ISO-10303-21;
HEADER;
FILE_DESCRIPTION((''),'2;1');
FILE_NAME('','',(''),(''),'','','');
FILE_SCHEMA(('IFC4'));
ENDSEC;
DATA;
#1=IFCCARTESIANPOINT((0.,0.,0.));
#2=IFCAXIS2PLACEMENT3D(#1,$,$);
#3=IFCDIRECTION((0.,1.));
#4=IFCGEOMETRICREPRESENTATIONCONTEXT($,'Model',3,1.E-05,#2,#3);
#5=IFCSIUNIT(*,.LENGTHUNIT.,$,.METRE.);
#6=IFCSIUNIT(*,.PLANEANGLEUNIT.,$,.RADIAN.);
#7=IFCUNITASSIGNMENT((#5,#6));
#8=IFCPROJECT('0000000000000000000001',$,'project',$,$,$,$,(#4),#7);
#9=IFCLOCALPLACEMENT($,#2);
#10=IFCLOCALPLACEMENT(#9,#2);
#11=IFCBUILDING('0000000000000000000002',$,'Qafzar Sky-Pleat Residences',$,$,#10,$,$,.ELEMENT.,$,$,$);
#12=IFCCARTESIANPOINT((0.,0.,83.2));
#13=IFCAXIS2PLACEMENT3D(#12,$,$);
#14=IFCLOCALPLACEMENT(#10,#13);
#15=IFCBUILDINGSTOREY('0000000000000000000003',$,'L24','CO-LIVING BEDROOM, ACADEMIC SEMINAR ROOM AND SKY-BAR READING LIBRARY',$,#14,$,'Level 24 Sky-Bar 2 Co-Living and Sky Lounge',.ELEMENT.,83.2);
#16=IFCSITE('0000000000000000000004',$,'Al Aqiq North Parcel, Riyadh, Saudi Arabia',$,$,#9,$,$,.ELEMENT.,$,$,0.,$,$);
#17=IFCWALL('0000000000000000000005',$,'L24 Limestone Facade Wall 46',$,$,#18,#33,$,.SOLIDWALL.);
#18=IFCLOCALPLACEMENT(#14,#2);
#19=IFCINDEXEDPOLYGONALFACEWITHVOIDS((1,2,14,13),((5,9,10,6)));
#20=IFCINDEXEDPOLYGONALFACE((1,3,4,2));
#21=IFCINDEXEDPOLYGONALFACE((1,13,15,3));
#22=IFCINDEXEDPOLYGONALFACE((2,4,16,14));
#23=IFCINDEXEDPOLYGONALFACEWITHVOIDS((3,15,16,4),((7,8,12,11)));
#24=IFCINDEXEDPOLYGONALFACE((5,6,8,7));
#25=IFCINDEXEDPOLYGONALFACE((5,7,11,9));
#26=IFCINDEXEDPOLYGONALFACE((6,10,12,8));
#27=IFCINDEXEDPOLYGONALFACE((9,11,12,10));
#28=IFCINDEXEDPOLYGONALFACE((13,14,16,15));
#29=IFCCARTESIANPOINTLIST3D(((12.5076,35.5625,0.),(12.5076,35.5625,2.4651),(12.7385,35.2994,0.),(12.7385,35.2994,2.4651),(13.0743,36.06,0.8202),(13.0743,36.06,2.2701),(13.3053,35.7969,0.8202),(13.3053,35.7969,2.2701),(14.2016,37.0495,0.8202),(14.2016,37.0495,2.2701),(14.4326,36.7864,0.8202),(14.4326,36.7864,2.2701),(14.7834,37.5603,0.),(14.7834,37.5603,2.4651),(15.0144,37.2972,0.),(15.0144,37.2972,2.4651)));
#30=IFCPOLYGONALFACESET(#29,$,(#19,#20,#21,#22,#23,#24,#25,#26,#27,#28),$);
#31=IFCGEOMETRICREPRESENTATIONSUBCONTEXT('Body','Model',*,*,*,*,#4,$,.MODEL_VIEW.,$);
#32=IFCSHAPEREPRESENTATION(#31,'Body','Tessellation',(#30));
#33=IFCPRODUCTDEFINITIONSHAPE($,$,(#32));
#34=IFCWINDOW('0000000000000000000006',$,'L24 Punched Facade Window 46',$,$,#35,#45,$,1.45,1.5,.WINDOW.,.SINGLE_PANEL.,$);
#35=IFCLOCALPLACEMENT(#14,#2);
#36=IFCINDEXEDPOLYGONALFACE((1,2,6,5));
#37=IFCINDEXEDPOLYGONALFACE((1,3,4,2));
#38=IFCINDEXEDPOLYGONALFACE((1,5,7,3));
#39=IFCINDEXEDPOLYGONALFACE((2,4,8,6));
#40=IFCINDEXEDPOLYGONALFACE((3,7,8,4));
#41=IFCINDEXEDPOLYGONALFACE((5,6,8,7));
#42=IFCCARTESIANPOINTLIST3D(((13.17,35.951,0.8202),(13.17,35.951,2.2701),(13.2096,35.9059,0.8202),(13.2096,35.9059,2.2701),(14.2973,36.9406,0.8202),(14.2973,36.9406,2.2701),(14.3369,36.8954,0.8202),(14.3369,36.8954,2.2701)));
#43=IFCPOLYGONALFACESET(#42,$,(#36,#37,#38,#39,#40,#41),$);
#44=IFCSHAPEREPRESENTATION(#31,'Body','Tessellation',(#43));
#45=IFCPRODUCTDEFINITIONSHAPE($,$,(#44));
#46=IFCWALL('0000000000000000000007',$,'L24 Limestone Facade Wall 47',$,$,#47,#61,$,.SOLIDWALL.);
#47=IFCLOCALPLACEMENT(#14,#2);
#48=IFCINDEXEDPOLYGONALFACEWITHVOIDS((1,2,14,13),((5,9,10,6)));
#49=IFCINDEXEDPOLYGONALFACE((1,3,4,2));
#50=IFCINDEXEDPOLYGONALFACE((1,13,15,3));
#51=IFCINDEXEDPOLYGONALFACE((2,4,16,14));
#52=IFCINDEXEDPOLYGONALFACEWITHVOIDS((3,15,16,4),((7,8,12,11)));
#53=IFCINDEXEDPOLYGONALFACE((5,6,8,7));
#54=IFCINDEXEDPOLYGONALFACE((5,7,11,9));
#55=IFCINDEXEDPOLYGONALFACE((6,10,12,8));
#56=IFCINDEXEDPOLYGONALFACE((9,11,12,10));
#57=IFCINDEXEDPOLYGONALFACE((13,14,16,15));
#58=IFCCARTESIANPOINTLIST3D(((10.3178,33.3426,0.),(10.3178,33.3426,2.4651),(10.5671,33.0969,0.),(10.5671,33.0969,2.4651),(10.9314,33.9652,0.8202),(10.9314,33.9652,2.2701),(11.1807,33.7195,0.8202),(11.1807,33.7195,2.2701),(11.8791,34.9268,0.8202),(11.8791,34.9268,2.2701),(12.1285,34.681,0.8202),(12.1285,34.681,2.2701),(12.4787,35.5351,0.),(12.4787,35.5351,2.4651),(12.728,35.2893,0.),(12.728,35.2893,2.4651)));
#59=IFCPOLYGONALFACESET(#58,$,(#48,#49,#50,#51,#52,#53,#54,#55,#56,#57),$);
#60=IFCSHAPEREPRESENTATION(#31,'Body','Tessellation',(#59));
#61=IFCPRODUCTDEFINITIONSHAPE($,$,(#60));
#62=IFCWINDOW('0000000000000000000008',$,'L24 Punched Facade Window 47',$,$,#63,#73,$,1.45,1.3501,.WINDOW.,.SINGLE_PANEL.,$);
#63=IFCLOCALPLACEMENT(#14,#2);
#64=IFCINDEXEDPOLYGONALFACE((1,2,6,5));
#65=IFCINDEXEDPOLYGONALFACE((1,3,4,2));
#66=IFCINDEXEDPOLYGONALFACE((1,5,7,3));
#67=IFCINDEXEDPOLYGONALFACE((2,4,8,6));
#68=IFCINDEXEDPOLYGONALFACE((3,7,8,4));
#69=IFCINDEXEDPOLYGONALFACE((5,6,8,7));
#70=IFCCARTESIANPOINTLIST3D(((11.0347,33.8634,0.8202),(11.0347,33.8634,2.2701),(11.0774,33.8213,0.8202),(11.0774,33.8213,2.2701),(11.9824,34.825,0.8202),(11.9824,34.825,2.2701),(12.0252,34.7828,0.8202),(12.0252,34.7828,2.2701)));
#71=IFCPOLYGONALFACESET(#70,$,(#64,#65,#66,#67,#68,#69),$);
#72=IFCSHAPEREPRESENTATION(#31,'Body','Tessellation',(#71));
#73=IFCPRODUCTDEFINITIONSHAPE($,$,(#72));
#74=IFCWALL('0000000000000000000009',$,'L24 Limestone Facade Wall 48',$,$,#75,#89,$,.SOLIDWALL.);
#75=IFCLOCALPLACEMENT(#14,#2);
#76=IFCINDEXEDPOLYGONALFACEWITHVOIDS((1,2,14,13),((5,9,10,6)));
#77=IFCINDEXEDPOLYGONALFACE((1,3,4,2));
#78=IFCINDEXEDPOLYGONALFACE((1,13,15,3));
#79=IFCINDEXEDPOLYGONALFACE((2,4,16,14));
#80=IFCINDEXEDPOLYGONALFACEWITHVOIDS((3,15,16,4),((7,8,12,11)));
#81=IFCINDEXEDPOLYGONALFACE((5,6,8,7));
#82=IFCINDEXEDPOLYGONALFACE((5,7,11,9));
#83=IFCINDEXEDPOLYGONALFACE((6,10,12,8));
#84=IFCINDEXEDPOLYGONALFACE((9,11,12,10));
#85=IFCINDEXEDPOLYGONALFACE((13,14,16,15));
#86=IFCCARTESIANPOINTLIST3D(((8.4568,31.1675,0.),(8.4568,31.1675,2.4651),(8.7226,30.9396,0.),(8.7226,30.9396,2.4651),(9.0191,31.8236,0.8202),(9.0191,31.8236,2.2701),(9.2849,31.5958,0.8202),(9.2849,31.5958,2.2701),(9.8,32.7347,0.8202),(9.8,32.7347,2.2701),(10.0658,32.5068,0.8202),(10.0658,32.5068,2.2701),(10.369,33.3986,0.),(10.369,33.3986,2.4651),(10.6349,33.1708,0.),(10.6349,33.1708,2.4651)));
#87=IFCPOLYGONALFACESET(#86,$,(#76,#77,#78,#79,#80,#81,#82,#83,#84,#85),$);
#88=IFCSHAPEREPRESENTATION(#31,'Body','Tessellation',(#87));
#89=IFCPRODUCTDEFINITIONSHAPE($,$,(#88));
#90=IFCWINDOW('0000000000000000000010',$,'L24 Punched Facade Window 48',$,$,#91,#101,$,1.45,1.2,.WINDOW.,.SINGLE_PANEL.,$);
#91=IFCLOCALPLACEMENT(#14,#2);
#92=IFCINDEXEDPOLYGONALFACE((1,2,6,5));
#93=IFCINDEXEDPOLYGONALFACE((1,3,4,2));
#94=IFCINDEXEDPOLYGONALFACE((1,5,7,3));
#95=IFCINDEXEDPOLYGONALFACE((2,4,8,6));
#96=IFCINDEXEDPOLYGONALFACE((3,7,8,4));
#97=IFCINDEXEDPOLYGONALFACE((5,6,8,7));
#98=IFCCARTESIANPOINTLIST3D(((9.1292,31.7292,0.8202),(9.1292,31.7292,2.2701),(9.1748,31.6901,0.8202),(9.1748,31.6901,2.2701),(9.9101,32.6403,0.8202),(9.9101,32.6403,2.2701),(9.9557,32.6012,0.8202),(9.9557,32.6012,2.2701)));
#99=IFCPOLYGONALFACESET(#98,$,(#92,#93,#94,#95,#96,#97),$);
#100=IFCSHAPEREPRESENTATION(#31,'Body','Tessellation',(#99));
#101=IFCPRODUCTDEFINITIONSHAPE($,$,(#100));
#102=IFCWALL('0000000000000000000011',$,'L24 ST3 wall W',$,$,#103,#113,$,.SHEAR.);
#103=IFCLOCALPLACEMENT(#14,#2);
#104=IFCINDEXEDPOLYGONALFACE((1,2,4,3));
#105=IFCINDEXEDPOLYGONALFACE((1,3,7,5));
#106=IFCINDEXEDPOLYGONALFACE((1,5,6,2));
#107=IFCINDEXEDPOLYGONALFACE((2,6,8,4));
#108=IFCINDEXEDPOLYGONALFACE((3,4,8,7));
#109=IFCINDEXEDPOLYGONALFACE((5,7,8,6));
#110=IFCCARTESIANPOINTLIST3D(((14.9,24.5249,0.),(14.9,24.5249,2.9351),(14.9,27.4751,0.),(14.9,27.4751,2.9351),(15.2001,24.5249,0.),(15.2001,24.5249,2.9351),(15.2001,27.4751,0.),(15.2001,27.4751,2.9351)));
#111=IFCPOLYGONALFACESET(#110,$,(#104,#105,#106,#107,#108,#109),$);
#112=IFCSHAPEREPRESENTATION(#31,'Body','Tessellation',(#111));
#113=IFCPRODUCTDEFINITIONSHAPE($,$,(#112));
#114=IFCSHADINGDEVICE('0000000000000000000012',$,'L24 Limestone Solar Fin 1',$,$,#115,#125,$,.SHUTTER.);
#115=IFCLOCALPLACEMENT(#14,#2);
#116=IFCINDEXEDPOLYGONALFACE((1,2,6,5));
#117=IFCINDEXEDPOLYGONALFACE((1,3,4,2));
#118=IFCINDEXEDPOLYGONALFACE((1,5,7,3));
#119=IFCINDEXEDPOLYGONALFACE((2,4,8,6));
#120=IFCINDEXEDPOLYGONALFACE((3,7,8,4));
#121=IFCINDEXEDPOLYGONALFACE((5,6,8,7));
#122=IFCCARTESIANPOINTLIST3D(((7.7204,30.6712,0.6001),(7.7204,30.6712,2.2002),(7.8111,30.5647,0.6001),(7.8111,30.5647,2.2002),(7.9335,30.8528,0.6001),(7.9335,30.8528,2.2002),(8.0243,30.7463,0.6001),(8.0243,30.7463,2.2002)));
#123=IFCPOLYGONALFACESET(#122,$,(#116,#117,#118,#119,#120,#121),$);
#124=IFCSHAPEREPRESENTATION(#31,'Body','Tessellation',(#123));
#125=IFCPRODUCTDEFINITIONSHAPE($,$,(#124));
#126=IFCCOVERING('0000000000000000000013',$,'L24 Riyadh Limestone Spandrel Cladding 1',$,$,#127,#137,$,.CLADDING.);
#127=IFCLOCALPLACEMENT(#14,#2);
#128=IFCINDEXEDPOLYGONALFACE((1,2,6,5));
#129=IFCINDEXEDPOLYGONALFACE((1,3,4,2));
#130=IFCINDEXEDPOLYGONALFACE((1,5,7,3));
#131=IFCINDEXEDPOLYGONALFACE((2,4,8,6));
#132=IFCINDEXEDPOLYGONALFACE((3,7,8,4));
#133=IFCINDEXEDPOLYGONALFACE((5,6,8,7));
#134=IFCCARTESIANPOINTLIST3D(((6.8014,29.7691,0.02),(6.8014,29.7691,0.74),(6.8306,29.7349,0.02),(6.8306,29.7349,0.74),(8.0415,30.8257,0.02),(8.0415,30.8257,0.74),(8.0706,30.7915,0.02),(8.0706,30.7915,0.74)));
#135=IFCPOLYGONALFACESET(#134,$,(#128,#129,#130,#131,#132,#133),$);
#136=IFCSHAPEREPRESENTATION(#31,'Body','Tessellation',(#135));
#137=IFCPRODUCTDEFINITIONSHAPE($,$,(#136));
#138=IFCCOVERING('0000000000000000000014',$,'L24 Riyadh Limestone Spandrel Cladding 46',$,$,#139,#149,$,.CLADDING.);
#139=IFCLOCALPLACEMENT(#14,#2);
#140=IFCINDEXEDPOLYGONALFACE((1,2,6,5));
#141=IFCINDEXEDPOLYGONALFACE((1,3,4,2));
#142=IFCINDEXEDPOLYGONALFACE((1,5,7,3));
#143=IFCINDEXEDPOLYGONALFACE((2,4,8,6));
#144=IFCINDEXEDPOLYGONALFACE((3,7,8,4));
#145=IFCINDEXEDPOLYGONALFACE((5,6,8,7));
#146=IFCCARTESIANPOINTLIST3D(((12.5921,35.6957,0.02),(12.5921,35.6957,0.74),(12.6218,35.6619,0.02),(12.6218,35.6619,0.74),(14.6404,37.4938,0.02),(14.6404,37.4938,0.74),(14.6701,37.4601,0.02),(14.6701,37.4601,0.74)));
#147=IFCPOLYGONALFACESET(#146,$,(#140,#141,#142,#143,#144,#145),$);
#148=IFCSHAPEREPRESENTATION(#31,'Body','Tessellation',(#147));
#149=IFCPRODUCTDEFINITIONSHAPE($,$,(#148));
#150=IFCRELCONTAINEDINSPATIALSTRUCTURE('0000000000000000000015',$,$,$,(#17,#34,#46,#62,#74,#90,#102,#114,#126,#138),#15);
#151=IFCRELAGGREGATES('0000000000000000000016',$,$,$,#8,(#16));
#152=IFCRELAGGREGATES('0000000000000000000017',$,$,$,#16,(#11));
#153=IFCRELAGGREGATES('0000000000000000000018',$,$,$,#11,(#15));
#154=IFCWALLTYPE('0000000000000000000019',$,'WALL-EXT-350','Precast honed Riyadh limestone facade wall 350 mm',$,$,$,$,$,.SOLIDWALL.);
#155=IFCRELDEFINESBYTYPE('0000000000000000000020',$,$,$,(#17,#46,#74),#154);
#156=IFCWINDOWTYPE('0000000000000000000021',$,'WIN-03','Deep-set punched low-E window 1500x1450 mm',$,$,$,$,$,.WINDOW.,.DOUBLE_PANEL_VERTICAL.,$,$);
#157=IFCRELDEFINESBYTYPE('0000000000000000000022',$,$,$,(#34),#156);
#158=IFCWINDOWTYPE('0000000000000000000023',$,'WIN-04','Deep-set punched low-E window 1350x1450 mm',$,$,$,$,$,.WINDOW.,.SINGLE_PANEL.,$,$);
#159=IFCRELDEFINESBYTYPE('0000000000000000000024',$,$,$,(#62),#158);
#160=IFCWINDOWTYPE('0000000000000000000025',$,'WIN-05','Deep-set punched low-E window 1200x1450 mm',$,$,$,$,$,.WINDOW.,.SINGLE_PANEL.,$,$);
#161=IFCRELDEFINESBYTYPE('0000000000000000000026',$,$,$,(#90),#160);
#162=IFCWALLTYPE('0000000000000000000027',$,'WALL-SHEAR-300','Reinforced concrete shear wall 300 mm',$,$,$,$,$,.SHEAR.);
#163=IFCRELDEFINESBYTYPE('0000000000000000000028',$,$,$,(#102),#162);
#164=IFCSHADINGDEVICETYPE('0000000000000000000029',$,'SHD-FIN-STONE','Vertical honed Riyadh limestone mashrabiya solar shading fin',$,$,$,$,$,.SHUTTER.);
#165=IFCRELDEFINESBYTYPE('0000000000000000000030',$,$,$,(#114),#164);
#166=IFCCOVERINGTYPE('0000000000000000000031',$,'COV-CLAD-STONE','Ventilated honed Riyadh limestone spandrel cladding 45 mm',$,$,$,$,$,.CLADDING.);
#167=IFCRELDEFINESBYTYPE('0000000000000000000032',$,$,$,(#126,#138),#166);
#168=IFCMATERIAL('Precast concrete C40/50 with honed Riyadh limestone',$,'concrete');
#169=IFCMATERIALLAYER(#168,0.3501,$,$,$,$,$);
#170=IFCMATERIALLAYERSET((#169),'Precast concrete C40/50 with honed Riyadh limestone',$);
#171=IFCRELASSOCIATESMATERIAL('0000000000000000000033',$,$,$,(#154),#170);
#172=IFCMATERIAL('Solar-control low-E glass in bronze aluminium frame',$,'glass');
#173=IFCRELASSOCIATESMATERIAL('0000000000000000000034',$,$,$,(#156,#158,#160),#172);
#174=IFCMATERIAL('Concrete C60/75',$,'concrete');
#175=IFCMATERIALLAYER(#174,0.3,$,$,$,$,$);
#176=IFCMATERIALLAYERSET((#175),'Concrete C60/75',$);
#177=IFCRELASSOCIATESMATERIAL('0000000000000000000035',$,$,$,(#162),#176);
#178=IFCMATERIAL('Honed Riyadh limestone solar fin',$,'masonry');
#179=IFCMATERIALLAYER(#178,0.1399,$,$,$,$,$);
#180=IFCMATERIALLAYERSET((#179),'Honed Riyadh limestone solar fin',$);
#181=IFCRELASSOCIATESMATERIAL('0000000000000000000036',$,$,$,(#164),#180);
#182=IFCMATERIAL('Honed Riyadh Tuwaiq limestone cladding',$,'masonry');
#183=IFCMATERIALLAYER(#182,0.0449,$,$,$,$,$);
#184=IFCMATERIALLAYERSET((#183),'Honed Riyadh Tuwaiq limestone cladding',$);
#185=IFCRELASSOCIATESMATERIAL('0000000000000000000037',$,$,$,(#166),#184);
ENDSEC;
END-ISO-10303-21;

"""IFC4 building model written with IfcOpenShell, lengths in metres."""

from ifc_helpers import new_model, si_unit, direction, frame, frame_2d, origin, origin_2d, place, context, subcontext, project, spatial, rectangle, extrude, source, transform, mapped, material, layer, layer_set, type_object, element, fill, save


model = new_model("IFC4")

# Units and contexts
model_context = context("Model", 3, precision=1e-05, world=origin(), true_north=direction((0.0, 1.0)))
body_context = subcontext(model_context, "Body", "Model", "MODEL_VIEW")
ifc_project = project(units=[si_unit("LENGTHUNIT", "METRE"), si_unit("PLANEANGLEUNIT", "RADIAN")], contexts=[model_context])

# Site, building, storey
site_placement = place(None, origin())
site = spatial("IfcSite", under=ifc_project, at=site_placement, Name="Al Aqiq North Parcel, Riyadh, Saudi Arabia", CompositionType="ELEMENT", RefElevation=0.0)
building_placement = place(site_placement, origin())
building = spatial("IfcBuilding", under=site, at=building_placement, Name="Qafzar Sky-Pleat Residences", CompositionType="ELEMENT")
storey_placement = place(building_placement, frame((0.0, 0.0, 83.2)))
storey = spatial("IfcBuildingStorey", under=building, at=storey_placement, Name="L24", Description="CO-LIVING BEDROOM, ACADEMIC SEMINAR ROOM AND SKY-BAR READING LIBRARY", LongName="Level 24 Sky-Bar 2 Co-Living and Sky Lounge", CompositionType="ELEMENT", Elevation=83.2)

# Shared definitions
ifc_material_1 = material(Name="Concrete C60/75", Category="concrete")

# Shared definitions
ifc_material_2 = material(Name="Precast concrete C40/50 with honed Riyadh limestone", Category="concrete")

# Walls, openings, windows
ifc_layer_1 = layer(ifc_material_2, 0.3501)
ifc_layer_set_1 = layer_set([ifc_layer_1], Name="Precast concrete C40/50 with honed Riyadh limestone")
wall_type_1 = type_object("IfcWallType", Name="WALL-EXT-350", Description="Precast honed Riyadh limestone facade wall 350 mm", PredefinedType="SOLIDWALL", material=ifc_layer_set_1)
ifc_material_3 = material(Name="Solar-control low-E glass in bronze aluminium frame", Category="glass")
wall_1_placement = place(storey_placement, frame((14.8989, 37.4287, 0.0), z_axis=(0.0, 0.0, 1.0), x_axis=(-0.751527, -0.659702, 0.0)))
wall_1 = element("IfcWall", 1, at=wall_1_placement, inside=storey, type_object=wall_type_1, Name="L24 Limestone Facade Wall 46", PredefinedType="SOLIDWALL", context=body_context, shape_type="SweptSolid", body=[
    extrude(rectangle(XDim=3.0283, YDim=0.3501, at=frame_2d((1.5142, 0.0))), origin(), (0.0, 0.0, 1.0), 2.4651),
])
opening_1_placement = place(wall_1_placement, frame((0.7742, 0.0, 0.8201)))
opening_1 = element("IfcOpeningElement", 2, at=opening_1_placement, cuts=wall_1, PredefinedType="OPENING", context=body_context, shape_type="SweptSolid", body=[
    extrude(rectangle(XDim=1.5, YDim=1.45, at=frame_2d((0.75, 0.7251))), frame((0.0, 0.1851, 0.0), z_axis=(0.0, -1.0, 0.0), x_axis=(1.0, 0.0, 0.0)), (0.0, 0.0, 1.0), 0.3701),
])
window_type_1 = type_object("IfcWindowType", Name="WIN-03", Description="Deep-set punched low-E window 1500x1450 mm", PartitioningType="DOUBLE_PANEL_VERTICAL", PredefinedType="WINDOW", material=ifc_material_3)
shared_shape_1 = source(origin(), body_context, "Body", "SweptSolid", [
    extrude(rectangle(XDim=1.5, YDim=1.45, at=frame_2d((0.75, 0.7251))), frame((0.0, 0.03, 0.0), z_axis=(0.0, -1.0, 0.0), x_axis=(1.0, 0.0, 0.0)), (0.0, 0.0, 1.0), 0.0601),
])
window_1_placement = place(opening_1_placement, origin())
window_1 = element("IfcWindow", 3, at=window_1_placement, inside=storey, type_object=window_type_1, Name="L24 Punched Facade Window 46", OverallHeight=1.45, OverallWidth=1.5, PartitioningType="SINGLE_PANEL", PredefinedType="WINDOW", context=body_context, shape_type="MappedRepresentation", body=[
    mapped(shared_shape_1, transform((0.0, 0.0, 0.0), x_axis=(1.0, 0.0, 0.0), y_axis=(0.0, 1.0, 0.0), z_axis=(0.0, 0.0, 1.0), scale=1.0)),
])
fill(opening_1, window_1)
wall_2_placement = place(storey_placement, frame((12.6033, 35.4121, 0.0), z_axis=(0.0, 0.0, 1.0), x_axis=(-0.701973, -0.712204, 0.0)))
wall_2 = element("IfcWall", 4, at=wall_2_placement, inside=storey, type_object=wall_type_1, Name="L24 Limestone Facade Wall 47", PredefinedType="SOLIDWALL", context=body_context, shape_type="SweptSolid", body=[
    extrude(rectangle(XDim=3.0784, YDim=0.3501, at=frame_2d((1.5391, 0.0))), origin(), (0.0, 0.0, 1.0), 2.4651),
])
opening_2_placement = place(wall_2_placement, frame((0.854, 0.0, 0.8201)))
opening_2 = element("IfcOpeningElement", 5, at=opening_2_placement, cuts=wall_2, PredefinedType="OPENING", context=body_context, shape_type="SweptSolid", body=[
    extrude(rectangle(XDim=1.3501, YDim=1.45, at=frame_2d((0.675, 0.7251))), frame((0.0, 0.1851, 0.0), z_axis=(0.0, -1.0, 0.0), x_axis=(1.0, 0.0, 0.0)), (0.0, 0.0, 1.0), 0.3701),
])
window_type_2 = type_object("IfcWindowType", Name="WIN-04", Description="Deep-set punched low-E window 1350x1450 mm", PartitioningType="SINGLE_PANEL", PredefinedType="WINDOW", material=ifc_material_3)
shared_shape_2 = source(origin(), body_context, "Body", "SweptSolid", [
    extrude(rectangle(XDim=1.3501, YDim=1.45, at=frame_2d((0.675, 0.7251))), frame((0.0, 0.03, 0.0), z_axis=(0.0, -1.0, 0.0), x_axis=(1.0, 0.0, 0.0)), (0.0, 0.0, 1.0), 0.0601),
])
window_2_placement = place(opening_2_placement, origin())
window_2 = element("IfcWindow", 6, at=window_2_placement, inside=storey, type_object=window_type_2, Name="L24 Punched Facade Window 47", OverallHeight=1.45, OverallWidth=1.3501, PartitioningType="SINGLE_PANEL", PredefinedType="WINDOW", context=body_context, shape_type="MappedRepresentation", body=[
    mapped(shared_shape_2, transform((0.0, 0.0, 0.0), x_axis=(1.0, 0.0, 0.0), y_axis=(0.0, 1.0, 0.0), z_axis=(0.0, 0.0, 1.0), scale=1.0)),
])
fill(opening_2, window_2)
wall_3_placement = place(storey_placement, frame((10.502, 33.2847, 0.0), z_axis=(0.0, 0.0, 1.0), x_axis=(-0.650771, -0.759274, 0.0)))
wall_3 = element("IfcWall", 7, at=wall_3_placement, inside=storey, type_object=wall_type_1, Name="L24 Limestone Facade Wall 48", PredefinedType="SOLIDWALL", context=body_context, shape_type="SweptSolid", body=[
    extrude(rectangle(XDim=2.9385, YDim=0.3501, at=frame_2d((1.4692, 0.0))), origin(), (0.0, 0.0, 1.0), 2.4651),
])
opening_3_placement = place(wall_3_placement, frame((0.8743, 0.0, 0.8201)))
opening_3 = element("IfcOpeningElement", 8, at=opening_3_placement, cuts=wall_3, PredefinedType="OPENING", context=body_context, shape_type="SweptSolid", body=[
    extrude(rectangle(XDim=1.2, YDim=1.45, at=frame_2d((0.6001, 0.7251))), frame((0.0, 0.1851, 0.0), z_axis=(0.0, -1.0, 0.0), x_axis=(1.0, 0.0, 0.0)), (0.0, 0.0, 1.0), 0.3701),
])
window_type_3 = type_object("IfcWindowType", Name="WIN-05", Description="Deep-set punched low-E window 1200x1450 mm", PartitioningType="SINGLE_PANEL", PredefinedType="WINDOW", material=ifc_material_3)
shared_shape_3 = source(origin(), body_context, "Body", "SweptSolid", [
    extrude(rectangle(XDim=1.2, YDim=1.45, at=frame_2d((0.6001, 0.7251))), frame((0.0, 0.03, 0.0), z_axis=(0.0, -1.0, 0.0), x_axis=(1.0, 0.0, 0.0)), (0.0, 0.0, 1.0), 0.0601),
])
window_3_placement = place(opening_3_placement, origin())
window_3 = element("IfcWindow", 9, at=window_3_placement, inside=storey, type_object=window_type_3, Name="L24 Punched Facade Window 48", OverallHeight=1.45, OverallWidth=1.2, PartitioningType="SINGLE_PANEL", PredefinedType="WINDOW", context=body_context, shape_type="MappedRepresentation", body=[
    mapped(shared_shape_3, transform((0.0, 0.0, 0.0), x_axis=(1.0, 0.0, 0.0), y_axis=(0.0, 1.0, 0.0), z_axis=(0.0, 0.0, 1.0), scale=1.0)),
])
fill(opening_3, window_3)

# Wall
ifc_layer_2 = layer(ifc_material_1, 0.3)
ifc_layer_set_2 = layer_set([ifc_layer_2], Name="Concrete C60/75")
wall_type_2 = type_object("IfcWallType", Name="WALL-SHEAR-300", Description="Reinforced concrete shear wall 300 mm", PredefinedType="SHEAR", material=ifc_layer_set_2)
wall_4_placement = place(storey_placement, frame((15.05, 27.4751, 0.0), z_axis=(0.0, 0.0, 1.0), x_axis=(0.0, -1.0, 0.0)))
element("IfcWall", 10, at=wall_4_placement, inside=storey, type_object=wall_type_2, Name="L24 ST3 wall W", PredefinedType="SHEAR", context=body_context, shape_type="SweptSolid", body=[
    extrude(rectangle(XDim=2.9502, YDim=0.3, at=frame_2d((1.4751, 0.0))), origin(), (0.0, 0.0, 1.0), 2.9351),
])

# Shading device
ifc_material_4 = material(Name="Honed Riyadh limestone solar fin", Category="masonry")
ifc_layer_3 = layer(ifc_material_4, 0.1399)
ifc_layer_set_3 = layer_set([ifc_layer_3], Name="Honed Riyadh limestone solar fin")
shading_device_type = type_object("IfcShadingDeviceType", Name="SHD-FIN-STONE", Description="Vertical honed Riyadh limestone mashrabiya solar shading fin", PredefinedType="SHUTTER", material=ifc_layer_set_3)
shared_shape_4 = source(origin(), body_context, "Body", "SweptSolid", [
    extrude(rectangle(XDim=0.1399, YDim=0.28, at=origin_2d()), origin(), (0.0, 0.0, 1.0), 1.6001),
])
shading_device_placement = place(storey_placement, frame((7.8723, 30.7087, 0.6001), z_axis=(0.0, 0.0, 1.0), x_axis=(-0.648554, 0.761169, 0.0)))
element("IfcShadingDevice", 11, at=shading_device_placement, inside=storey, type_object=shading_device_type, Name="L24 Limestone Solar Fin 1", PredefinedType="SHUTTER", context=body_context, shape_type="MappedRepresentation", body=[
    mapped(shared_shape_4, transform((0.0, 0.0, 0.0), x_axis=(1.0, 0.0, 0.0), y_axis=(0.0, 1.0, 0.0), z_axis=(0.0, 0.0, 1.0), scale=1.0)),
])

# Coverings
ifc_material_5 = material(Name="Honed Riyadh Tuwaiq limestone cladding", Category="masonry")
ifc_layer_4 = layer(ifc_material_5, 0.0449)
ifc_layer_set_4 = layer_set([ifc_layer_4], Name="Honed Riyadh Tuwaiq limestone cladding")
covering_type = type_object("IfcCoveringType", Name="COV-CLAD-STONE", Description="Ventilated honed Riyadh limestone spandrel cladding 45 mm", PredefinedType="CLADDING", material=ifc_layer_set_4)
shared_shape_5 = source(origin(), body_context, "Body", "SweptSolid", [
    extrude(rectangle(XDim=1.6292, YDim=0.0449, at=origin_2d()), origin(), (0.0, 0.0, 1.0), 0.72),
])
covering_1_placement = place(storey_placement, frame((7.436, 30.2803, 0.02), z_axis=(0.0, 0.0, 1.0), x_axis=(-0.76116, -0.648564, 0.0)))
element("IfcCovering", 12, at=covering_1_placement, inside=storey, type_object=covering_type, Name="L24 Riyadh Limestone Spandrel Cladding 1", PredefinedType="CLADDING", context=body_context, shape_type="MappedRepresentation", body=[
    mapped(shared_shape_5, transform((0.0, 0.0, 0.0), x_axis=(1.0, 0.0, 0.0), y_axis=(0.0, 1.0, 0.0), z_axis=(0.0, 0.0, 1.0), scale=1.0)),
])
shared_shape_6 = source(origin(), body_context, "Body", "SweptSolid", [
    extrude(rectangle(XDim=2.7256, YDim=0.0449, at=origin_2d()), origin(), (0.0, 0.0, 1.0), 0.72),
])
covering_2_placement = place(storey_placement, frame((13.6311, 36.5779, 0.02), z_axis=(0.0, 0.0, 1.0), x_axis=(-0.751516, -0.659715, 0.0)))
element("IfcCovering", 13, at=covering_2_placement, inside=storey, type_object=covering_type, Name="L24 Riyadh Limestone Spandrel Cladding 46", PredefinedType="CLADDING", context=body_context, shape_type="MappedRepresentation", body=[
    mapped(shared_shape_6, transform((0.0, 0.0, 0.0), x_axis=(1.0, 0.0, 0.0), y_axis=(0.0, 1.0, 0.0), z_axis=(0.0, 0.0, 1.0), scale=1.0)),
])

save(model, "model.ifc")
